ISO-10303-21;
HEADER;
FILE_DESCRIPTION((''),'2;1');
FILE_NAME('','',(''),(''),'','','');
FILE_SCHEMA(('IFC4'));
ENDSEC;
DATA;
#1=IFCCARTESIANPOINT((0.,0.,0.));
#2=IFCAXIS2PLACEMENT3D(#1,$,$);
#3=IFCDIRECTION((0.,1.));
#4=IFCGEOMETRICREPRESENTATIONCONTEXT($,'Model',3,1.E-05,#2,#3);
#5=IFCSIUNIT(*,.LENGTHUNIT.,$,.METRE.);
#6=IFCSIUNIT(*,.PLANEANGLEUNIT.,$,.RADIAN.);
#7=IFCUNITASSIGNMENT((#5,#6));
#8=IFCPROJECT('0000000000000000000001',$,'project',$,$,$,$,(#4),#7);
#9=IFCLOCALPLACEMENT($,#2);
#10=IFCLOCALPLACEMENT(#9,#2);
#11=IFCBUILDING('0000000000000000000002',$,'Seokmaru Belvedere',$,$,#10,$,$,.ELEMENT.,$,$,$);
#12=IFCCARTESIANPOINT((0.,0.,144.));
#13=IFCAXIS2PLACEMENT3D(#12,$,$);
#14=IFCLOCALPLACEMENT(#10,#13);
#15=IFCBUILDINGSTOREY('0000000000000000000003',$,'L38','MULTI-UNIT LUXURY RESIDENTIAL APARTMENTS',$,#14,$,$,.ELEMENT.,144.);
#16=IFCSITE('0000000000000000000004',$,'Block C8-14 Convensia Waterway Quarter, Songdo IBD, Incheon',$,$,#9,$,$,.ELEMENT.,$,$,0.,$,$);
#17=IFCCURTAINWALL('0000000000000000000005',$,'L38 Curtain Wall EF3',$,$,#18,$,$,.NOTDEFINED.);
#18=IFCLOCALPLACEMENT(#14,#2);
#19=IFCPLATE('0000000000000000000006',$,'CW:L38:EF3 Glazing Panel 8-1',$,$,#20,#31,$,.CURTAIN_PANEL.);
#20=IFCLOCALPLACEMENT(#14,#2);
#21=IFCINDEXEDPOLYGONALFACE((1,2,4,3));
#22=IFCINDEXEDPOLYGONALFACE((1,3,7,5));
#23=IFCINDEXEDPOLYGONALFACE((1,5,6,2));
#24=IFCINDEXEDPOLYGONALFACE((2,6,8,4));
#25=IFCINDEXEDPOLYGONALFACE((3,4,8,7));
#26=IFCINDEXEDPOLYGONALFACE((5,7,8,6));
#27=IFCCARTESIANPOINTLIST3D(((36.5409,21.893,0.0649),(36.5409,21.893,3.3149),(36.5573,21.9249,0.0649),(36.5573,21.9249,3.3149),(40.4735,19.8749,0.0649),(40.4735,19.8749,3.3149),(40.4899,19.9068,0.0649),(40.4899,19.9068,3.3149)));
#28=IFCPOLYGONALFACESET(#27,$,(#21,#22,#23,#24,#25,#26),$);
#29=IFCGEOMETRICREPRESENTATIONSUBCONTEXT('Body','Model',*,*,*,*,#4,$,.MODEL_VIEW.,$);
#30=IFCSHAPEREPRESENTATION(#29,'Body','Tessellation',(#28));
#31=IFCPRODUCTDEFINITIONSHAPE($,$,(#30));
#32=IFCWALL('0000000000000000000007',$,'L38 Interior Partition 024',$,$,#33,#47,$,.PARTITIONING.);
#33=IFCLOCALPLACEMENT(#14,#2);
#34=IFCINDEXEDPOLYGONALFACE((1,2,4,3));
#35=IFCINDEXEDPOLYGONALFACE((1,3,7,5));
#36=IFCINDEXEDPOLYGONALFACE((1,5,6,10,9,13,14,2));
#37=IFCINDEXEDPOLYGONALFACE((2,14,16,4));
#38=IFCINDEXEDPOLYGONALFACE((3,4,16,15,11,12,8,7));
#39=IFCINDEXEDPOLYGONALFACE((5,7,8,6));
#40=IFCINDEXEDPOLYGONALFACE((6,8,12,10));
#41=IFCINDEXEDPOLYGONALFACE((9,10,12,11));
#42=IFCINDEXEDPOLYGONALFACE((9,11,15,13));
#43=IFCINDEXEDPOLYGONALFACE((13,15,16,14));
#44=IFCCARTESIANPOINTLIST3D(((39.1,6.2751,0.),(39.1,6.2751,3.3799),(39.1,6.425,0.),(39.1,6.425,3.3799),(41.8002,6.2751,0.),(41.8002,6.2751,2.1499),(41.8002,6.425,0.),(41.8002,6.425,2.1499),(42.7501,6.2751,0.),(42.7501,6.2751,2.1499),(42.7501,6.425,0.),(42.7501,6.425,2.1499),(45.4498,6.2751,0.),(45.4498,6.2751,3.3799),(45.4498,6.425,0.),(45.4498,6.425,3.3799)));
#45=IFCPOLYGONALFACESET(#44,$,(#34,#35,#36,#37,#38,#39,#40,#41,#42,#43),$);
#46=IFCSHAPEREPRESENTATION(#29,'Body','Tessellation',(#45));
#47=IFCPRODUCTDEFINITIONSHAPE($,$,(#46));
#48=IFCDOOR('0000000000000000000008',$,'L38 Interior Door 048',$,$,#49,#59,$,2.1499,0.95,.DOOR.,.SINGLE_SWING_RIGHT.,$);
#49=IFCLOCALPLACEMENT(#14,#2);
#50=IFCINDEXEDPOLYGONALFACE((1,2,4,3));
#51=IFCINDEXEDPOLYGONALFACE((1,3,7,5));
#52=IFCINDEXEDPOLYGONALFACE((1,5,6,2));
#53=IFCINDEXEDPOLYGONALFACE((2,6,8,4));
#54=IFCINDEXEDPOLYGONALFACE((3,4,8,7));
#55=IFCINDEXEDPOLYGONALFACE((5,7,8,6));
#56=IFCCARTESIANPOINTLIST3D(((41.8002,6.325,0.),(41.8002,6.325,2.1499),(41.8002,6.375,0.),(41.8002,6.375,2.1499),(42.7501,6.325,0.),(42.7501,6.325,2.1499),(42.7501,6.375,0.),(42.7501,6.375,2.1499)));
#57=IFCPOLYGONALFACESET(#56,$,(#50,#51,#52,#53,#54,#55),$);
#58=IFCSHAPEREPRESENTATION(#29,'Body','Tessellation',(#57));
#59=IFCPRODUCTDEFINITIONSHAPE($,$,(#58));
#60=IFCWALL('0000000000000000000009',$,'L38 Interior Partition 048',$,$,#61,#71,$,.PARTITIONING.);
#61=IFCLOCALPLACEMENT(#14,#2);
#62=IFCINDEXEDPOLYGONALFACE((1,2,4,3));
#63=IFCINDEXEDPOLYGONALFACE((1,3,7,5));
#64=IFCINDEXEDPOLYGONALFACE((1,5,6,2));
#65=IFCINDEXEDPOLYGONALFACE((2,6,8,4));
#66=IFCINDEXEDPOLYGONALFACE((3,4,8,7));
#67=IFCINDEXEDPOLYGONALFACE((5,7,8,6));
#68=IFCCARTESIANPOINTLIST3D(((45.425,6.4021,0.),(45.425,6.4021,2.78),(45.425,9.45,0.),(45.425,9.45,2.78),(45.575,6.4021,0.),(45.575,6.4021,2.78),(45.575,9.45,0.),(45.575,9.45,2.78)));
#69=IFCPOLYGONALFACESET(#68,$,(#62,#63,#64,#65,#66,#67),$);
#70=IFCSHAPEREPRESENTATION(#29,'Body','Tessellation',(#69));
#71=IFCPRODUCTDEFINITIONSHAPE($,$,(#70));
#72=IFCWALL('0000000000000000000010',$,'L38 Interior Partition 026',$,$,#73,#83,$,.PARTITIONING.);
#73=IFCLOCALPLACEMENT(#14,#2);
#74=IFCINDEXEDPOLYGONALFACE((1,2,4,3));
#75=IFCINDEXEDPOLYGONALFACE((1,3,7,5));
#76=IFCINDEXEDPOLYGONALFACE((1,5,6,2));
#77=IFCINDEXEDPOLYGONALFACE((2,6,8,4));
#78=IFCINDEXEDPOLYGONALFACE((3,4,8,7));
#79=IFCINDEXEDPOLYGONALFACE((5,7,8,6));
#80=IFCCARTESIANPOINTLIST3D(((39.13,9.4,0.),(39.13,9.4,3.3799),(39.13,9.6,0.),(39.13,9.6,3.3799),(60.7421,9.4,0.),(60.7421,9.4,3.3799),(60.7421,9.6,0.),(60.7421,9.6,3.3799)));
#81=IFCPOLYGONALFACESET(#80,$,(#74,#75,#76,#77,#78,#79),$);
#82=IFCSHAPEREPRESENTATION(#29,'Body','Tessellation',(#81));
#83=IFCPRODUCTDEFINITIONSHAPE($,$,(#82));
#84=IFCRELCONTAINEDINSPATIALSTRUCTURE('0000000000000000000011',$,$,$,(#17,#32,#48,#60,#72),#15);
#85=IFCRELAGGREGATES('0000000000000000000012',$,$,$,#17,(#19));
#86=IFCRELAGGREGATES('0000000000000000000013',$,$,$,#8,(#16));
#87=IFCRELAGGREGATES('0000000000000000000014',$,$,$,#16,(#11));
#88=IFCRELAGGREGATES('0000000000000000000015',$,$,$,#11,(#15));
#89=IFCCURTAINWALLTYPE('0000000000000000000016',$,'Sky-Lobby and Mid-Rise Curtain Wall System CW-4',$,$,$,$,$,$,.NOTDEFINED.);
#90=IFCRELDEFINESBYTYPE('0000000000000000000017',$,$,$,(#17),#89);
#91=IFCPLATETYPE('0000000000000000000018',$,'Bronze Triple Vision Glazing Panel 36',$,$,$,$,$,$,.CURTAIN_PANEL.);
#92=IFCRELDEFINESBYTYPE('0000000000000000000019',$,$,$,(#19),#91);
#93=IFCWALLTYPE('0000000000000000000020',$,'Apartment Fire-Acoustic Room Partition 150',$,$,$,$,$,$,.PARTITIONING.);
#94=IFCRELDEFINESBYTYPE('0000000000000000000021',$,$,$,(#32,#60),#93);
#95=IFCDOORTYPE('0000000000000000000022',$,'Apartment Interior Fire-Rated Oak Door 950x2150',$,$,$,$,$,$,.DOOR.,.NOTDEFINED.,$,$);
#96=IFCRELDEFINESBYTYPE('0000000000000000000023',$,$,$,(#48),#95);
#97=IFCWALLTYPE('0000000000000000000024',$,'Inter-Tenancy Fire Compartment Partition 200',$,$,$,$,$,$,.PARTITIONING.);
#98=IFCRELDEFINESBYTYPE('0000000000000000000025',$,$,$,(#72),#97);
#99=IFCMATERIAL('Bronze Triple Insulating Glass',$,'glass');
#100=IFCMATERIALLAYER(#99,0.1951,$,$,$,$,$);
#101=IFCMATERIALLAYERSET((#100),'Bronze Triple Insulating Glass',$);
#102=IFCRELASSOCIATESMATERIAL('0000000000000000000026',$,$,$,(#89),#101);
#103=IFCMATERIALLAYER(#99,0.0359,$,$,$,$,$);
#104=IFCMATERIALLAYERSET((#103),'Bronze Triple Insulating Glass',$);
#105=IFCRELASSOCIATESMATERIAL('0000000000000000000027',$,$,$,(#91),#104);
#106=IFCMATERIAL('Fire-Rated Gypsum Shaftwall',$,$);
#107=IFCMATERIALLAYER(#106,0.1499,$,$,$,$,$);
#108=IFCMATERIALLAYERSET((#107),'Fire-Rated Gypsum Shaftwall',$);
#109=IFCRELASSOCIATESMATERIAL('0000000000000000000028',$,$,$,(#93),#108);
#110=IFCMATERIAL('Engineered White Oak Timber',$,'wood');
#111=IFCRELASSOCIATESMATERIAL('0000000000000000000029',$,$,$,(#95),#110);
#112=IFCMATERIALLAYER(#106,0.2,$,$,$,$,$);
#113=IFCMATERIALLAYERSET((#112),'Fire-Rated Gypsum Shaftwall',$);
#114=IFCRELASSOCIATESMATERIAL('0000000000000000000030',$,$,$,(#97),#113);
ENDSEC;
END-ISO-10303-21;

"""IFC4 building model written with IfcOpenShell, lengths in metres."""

from ifc_helpers import new_model, si_unit, direction, frame, frame_2d, origin, origin_2d, place, context, subcontext, project, spatial, rectangle, extrude, source, transform, mapped, material, layer, layer_set, type_object, type_shapes, element, fill, aggregate, save


model = new_model("IFC4")

# Units and contexts
model_context = context("Model", 3, precision=1e-05, world=origin(), true_north=direction((0.0, 1.0)))
body_context = subcontext(model_context, "Body", "Model", "MODEL_VIEW")
ifc_project = project(units=[si_unit("LENGTHUNIT", "METRE"), si_unit("PLANEANGLEUNIT", "RADIAN")], contexts=[model_context])

# Site, building, storey
site_placement = place(None, origin())
site = spatial("IfcSite", under=ifc_project, at=site_placement, Name="Block C8-14 Convensia Waterway Quarter, Songdo IBD, Incheon", CompositionType="ELEMENT", RefElevation=0.0)
building_placement = place(site_placement, origin())
building = spatial("IfcBuilding", under=site, at=building_placement, Name="Seokmaru Belvedere", CompositionType="ELEMENT")
storey_placement = place(building_placement, frame((0.0, 0.0, 144.0)))
storey = spatial("IfcBuildingStorey", under=building, at=storey_placement, Name="L38", Description="MULTI-UNIT LUXURY RESIDENTIAL APARTMENTS", CompositionType="ELEMENT", Elevation=144.0)

# Curtain wall, plate
ifc_material_1 = material(Name="Bronze Triple Insulating Glass", Category="glass")
ifc_layer_1 = layer(ifc_material_1, 0.1951)
ifc_layer_set_1 = layer_set([ifc_layer_1], Name="Bronze Triple Insulating Glass")
curtain_wall_type = type_object("IfcCurtainWallType", Name="Sky-Lobby and Mid-Rise Curtain Wall System CW-4", PredefinedType="NOTDEFINED", material=ifc_layer_set_1)
curtain_wall_placement = place(storey_placement, origin())
curtain_wall = element("IfcCurtainWall", 1, at=curtain_wall_placement, inside=storey, type_object=curtain_wall_type, Name="L38 Curtain Wall EF3", PredefinedType="NOTDEFINED")
ifc_layer_2 = layer(ifc_material_1, 0.0359)
ifc_layer_set_2 = layer_set([ifc_layer_2], Name="Bronze Triple Insulating Glass")
plate_type = type_object("IfcPlateType", Name="Bronze Triple Vision Glazing Panel 36", PredefinedType="CURTAIN_PANEL", material=ifc_layer_set_2)
shared_shape_1 = source(origin(), body_context, "Body", "SweptSolid", [
    extrude(rectangle(XDim=4.4202, YDim=0.0359, at=origin_2d()), origin(), (0.0, 0.0, 1.0), 3.25),
])
type_shapes(plate_type, [shared_shape_1])
plate_1_placement = place(storey_placement, frame((38.5154, 20.8999, 0.0649), z_axis=(0.0, 0.0, 1.0), x_axis=(-0.889695, 0.456555, 0.0)))
plate_1 = element("IfcPlate", 2, at=plate_1_placement, type_object=plate_type, Name="CW:L38:EF3 Glazing Panel 8-1", PredefinedType="CURTAIN_PANEL", context=body_context, shape_type="MappedRepresentation", body=[
    mapped(shared_shape_1, transform((0.0, 0.0, 0.0), scale=1.0)),
])
aggregate(curtain_wall, [plate_1])

# Wall, opening, door
ifc_material_2 = material(Name="Fire-Rated Gypsum Shaftwall")
ifc_layer_3 = layer(ifc_material_2, 0.1499)
ifc_layer_set_3 = layer_set([ifc_layer_3], Name="Fire-Rated Gypsum Shaftwall")
wall_type_1 = type_object("IfcWallType", Name="Apartment Fire-Acoustic Room Partition 150", PredefinedType="PARTITIONING", material=ifc_layer_set_3)
wall_1_placement = place(storey_placement, frame((39.1001, 6.3501, 0.0), z_axis=(0.0, 0.0, 1.0), x_axis=(1.0, 0.0, 0.0)))
wall_1 = element("IfcWall", 3, at=wall_1_placement, inside=storey, type_object=wall_type_1, Name="L38 Interior Partition 024", PredefinedType="PARTITIONING", context=body_context, shape_type="SweptSolid", body=[
    extrude(rectangle(XDim=6.3499, YDim=0.1499, at=frame_2d((3.1748, 0.0))), origin(), (0.0, 0.0, 1.0), 3.3799),
])
opening_1_placement = place(wall_1_placement, frame((2.7, 0.0, 0.0)))
opening_1 = element("IfcOpeningElement", 4, at=opening_1_placement, cuts=wall_1, PredefinedType="OPENING", context=body_context, shape_type="SweptSolid", body=[
    extrude(rectangle(XDim=0.95, YDim=2.1499, at=frame_2d((0.4751, 1.075))), frame((0.0, 0.085, 0.0), z_axis=(0.0, -1.0, 0.0), x_axis=(1.0, 0.0, 0.0)), (0.0, 0.0, 1.0), 0.1699),
])
ifc_material_3 = material(Name="Engineered White Oak Timber", Category="wood")
door_type_1 = type_object("IfcDoorType", Name="Apartment Interior Fire-Rated Oak Door 950x2150", OperationType="NOTDEFINED", PredefinedType="DOOR", material=ifc_material_3)
shared_shape_2 = source(origin(), body_context, "Body", "SweptSolid", [
    extrude(rectangle(XDim=0.95, YDim=2.1499, at=frame_2d((0.4751, 1.075))), frame((0.0, 0.0249, 0.0), z_axis=(0.0, -1.0, 0.0), x_axis=(1.0, 0.0, 0.0)), (0.0, 0.0, 1.0), 0.05),
])
type_shapes(door_type_1, [shared_shape_2])
door_1_placement = place(opening_1_placement, origin())
door_1 = element("IfcDoor", 5, at=door_1_placement, inside=storey, type_object=door_type_1, Name="L38 Interior Door 048", OperationType="SINGLE_SWING_RIGHT", OverallHeight=2.1499, OverallWidth=0.95, PredefinedType="DOOR", context=body_context, shape_type="MappedRepresentation", body=[
    mapped(shared_shape_2, transform((0.0, 0.0, 0.0), scale=1.0)),
])
fill(opening_1, door_1)

# Walls
wall_2_placement = place(storey_placement, frame((45.5, 6.4021, 0.0), z_axis=(0.0, 0.0, 1.0), x_axis=(0.0, 1.0, 0.0)))
element("IfcWall", 6, at=wall_2_placement, inside=storey, type_object=wall_type_1, Name="L38 Interior Partition 048", PredefinedType="PARTITIONING", context=body_context, shape_type="SweptSolid", body=[
    extrude(rectangle(XDim=3.0479, YDim=0.1499, at=frame_2d((1.5239, 0.0))), origin(), (0.0, 0.0, 1.0), 2.78),
])
ifc_layer_4 = layer(ifc_material_2, 0.2)
ifc_layer_set_4 = layer_set([ifc_layer_4], Name="Fire-Rated Gypsum Shaftwall")
wall_type_2 = type_object("IfcWallType", Name="Inter-Tenancy Fire Compartment Partition 200", PredefinedType="PARTITIONING", material=ifc_layer_set_4)
wall_3_placement = place(storey_placement, frame((39.1299, 9.5, 0.0), z_axis=(0.0, 0.0, 1.0), x_axis=(1.0, 0.0, 0.0)))
element("IfcWall", 7, at=wall_3_placement, inside=storey, type_object=wall_type_2, Name="L38 Interior Partition 026", PredefinedType="PARTITIONING", context=body_context, shape_type="SweptSolid", body=[
    extrude(rectangle(XDim=21.6121, YDim=0.2, at=frame_2d((10.8062, 0.0))), origin(), (0.0, 0.0, 1.0), 3.3799),
])

save(model, "model.ifc")
